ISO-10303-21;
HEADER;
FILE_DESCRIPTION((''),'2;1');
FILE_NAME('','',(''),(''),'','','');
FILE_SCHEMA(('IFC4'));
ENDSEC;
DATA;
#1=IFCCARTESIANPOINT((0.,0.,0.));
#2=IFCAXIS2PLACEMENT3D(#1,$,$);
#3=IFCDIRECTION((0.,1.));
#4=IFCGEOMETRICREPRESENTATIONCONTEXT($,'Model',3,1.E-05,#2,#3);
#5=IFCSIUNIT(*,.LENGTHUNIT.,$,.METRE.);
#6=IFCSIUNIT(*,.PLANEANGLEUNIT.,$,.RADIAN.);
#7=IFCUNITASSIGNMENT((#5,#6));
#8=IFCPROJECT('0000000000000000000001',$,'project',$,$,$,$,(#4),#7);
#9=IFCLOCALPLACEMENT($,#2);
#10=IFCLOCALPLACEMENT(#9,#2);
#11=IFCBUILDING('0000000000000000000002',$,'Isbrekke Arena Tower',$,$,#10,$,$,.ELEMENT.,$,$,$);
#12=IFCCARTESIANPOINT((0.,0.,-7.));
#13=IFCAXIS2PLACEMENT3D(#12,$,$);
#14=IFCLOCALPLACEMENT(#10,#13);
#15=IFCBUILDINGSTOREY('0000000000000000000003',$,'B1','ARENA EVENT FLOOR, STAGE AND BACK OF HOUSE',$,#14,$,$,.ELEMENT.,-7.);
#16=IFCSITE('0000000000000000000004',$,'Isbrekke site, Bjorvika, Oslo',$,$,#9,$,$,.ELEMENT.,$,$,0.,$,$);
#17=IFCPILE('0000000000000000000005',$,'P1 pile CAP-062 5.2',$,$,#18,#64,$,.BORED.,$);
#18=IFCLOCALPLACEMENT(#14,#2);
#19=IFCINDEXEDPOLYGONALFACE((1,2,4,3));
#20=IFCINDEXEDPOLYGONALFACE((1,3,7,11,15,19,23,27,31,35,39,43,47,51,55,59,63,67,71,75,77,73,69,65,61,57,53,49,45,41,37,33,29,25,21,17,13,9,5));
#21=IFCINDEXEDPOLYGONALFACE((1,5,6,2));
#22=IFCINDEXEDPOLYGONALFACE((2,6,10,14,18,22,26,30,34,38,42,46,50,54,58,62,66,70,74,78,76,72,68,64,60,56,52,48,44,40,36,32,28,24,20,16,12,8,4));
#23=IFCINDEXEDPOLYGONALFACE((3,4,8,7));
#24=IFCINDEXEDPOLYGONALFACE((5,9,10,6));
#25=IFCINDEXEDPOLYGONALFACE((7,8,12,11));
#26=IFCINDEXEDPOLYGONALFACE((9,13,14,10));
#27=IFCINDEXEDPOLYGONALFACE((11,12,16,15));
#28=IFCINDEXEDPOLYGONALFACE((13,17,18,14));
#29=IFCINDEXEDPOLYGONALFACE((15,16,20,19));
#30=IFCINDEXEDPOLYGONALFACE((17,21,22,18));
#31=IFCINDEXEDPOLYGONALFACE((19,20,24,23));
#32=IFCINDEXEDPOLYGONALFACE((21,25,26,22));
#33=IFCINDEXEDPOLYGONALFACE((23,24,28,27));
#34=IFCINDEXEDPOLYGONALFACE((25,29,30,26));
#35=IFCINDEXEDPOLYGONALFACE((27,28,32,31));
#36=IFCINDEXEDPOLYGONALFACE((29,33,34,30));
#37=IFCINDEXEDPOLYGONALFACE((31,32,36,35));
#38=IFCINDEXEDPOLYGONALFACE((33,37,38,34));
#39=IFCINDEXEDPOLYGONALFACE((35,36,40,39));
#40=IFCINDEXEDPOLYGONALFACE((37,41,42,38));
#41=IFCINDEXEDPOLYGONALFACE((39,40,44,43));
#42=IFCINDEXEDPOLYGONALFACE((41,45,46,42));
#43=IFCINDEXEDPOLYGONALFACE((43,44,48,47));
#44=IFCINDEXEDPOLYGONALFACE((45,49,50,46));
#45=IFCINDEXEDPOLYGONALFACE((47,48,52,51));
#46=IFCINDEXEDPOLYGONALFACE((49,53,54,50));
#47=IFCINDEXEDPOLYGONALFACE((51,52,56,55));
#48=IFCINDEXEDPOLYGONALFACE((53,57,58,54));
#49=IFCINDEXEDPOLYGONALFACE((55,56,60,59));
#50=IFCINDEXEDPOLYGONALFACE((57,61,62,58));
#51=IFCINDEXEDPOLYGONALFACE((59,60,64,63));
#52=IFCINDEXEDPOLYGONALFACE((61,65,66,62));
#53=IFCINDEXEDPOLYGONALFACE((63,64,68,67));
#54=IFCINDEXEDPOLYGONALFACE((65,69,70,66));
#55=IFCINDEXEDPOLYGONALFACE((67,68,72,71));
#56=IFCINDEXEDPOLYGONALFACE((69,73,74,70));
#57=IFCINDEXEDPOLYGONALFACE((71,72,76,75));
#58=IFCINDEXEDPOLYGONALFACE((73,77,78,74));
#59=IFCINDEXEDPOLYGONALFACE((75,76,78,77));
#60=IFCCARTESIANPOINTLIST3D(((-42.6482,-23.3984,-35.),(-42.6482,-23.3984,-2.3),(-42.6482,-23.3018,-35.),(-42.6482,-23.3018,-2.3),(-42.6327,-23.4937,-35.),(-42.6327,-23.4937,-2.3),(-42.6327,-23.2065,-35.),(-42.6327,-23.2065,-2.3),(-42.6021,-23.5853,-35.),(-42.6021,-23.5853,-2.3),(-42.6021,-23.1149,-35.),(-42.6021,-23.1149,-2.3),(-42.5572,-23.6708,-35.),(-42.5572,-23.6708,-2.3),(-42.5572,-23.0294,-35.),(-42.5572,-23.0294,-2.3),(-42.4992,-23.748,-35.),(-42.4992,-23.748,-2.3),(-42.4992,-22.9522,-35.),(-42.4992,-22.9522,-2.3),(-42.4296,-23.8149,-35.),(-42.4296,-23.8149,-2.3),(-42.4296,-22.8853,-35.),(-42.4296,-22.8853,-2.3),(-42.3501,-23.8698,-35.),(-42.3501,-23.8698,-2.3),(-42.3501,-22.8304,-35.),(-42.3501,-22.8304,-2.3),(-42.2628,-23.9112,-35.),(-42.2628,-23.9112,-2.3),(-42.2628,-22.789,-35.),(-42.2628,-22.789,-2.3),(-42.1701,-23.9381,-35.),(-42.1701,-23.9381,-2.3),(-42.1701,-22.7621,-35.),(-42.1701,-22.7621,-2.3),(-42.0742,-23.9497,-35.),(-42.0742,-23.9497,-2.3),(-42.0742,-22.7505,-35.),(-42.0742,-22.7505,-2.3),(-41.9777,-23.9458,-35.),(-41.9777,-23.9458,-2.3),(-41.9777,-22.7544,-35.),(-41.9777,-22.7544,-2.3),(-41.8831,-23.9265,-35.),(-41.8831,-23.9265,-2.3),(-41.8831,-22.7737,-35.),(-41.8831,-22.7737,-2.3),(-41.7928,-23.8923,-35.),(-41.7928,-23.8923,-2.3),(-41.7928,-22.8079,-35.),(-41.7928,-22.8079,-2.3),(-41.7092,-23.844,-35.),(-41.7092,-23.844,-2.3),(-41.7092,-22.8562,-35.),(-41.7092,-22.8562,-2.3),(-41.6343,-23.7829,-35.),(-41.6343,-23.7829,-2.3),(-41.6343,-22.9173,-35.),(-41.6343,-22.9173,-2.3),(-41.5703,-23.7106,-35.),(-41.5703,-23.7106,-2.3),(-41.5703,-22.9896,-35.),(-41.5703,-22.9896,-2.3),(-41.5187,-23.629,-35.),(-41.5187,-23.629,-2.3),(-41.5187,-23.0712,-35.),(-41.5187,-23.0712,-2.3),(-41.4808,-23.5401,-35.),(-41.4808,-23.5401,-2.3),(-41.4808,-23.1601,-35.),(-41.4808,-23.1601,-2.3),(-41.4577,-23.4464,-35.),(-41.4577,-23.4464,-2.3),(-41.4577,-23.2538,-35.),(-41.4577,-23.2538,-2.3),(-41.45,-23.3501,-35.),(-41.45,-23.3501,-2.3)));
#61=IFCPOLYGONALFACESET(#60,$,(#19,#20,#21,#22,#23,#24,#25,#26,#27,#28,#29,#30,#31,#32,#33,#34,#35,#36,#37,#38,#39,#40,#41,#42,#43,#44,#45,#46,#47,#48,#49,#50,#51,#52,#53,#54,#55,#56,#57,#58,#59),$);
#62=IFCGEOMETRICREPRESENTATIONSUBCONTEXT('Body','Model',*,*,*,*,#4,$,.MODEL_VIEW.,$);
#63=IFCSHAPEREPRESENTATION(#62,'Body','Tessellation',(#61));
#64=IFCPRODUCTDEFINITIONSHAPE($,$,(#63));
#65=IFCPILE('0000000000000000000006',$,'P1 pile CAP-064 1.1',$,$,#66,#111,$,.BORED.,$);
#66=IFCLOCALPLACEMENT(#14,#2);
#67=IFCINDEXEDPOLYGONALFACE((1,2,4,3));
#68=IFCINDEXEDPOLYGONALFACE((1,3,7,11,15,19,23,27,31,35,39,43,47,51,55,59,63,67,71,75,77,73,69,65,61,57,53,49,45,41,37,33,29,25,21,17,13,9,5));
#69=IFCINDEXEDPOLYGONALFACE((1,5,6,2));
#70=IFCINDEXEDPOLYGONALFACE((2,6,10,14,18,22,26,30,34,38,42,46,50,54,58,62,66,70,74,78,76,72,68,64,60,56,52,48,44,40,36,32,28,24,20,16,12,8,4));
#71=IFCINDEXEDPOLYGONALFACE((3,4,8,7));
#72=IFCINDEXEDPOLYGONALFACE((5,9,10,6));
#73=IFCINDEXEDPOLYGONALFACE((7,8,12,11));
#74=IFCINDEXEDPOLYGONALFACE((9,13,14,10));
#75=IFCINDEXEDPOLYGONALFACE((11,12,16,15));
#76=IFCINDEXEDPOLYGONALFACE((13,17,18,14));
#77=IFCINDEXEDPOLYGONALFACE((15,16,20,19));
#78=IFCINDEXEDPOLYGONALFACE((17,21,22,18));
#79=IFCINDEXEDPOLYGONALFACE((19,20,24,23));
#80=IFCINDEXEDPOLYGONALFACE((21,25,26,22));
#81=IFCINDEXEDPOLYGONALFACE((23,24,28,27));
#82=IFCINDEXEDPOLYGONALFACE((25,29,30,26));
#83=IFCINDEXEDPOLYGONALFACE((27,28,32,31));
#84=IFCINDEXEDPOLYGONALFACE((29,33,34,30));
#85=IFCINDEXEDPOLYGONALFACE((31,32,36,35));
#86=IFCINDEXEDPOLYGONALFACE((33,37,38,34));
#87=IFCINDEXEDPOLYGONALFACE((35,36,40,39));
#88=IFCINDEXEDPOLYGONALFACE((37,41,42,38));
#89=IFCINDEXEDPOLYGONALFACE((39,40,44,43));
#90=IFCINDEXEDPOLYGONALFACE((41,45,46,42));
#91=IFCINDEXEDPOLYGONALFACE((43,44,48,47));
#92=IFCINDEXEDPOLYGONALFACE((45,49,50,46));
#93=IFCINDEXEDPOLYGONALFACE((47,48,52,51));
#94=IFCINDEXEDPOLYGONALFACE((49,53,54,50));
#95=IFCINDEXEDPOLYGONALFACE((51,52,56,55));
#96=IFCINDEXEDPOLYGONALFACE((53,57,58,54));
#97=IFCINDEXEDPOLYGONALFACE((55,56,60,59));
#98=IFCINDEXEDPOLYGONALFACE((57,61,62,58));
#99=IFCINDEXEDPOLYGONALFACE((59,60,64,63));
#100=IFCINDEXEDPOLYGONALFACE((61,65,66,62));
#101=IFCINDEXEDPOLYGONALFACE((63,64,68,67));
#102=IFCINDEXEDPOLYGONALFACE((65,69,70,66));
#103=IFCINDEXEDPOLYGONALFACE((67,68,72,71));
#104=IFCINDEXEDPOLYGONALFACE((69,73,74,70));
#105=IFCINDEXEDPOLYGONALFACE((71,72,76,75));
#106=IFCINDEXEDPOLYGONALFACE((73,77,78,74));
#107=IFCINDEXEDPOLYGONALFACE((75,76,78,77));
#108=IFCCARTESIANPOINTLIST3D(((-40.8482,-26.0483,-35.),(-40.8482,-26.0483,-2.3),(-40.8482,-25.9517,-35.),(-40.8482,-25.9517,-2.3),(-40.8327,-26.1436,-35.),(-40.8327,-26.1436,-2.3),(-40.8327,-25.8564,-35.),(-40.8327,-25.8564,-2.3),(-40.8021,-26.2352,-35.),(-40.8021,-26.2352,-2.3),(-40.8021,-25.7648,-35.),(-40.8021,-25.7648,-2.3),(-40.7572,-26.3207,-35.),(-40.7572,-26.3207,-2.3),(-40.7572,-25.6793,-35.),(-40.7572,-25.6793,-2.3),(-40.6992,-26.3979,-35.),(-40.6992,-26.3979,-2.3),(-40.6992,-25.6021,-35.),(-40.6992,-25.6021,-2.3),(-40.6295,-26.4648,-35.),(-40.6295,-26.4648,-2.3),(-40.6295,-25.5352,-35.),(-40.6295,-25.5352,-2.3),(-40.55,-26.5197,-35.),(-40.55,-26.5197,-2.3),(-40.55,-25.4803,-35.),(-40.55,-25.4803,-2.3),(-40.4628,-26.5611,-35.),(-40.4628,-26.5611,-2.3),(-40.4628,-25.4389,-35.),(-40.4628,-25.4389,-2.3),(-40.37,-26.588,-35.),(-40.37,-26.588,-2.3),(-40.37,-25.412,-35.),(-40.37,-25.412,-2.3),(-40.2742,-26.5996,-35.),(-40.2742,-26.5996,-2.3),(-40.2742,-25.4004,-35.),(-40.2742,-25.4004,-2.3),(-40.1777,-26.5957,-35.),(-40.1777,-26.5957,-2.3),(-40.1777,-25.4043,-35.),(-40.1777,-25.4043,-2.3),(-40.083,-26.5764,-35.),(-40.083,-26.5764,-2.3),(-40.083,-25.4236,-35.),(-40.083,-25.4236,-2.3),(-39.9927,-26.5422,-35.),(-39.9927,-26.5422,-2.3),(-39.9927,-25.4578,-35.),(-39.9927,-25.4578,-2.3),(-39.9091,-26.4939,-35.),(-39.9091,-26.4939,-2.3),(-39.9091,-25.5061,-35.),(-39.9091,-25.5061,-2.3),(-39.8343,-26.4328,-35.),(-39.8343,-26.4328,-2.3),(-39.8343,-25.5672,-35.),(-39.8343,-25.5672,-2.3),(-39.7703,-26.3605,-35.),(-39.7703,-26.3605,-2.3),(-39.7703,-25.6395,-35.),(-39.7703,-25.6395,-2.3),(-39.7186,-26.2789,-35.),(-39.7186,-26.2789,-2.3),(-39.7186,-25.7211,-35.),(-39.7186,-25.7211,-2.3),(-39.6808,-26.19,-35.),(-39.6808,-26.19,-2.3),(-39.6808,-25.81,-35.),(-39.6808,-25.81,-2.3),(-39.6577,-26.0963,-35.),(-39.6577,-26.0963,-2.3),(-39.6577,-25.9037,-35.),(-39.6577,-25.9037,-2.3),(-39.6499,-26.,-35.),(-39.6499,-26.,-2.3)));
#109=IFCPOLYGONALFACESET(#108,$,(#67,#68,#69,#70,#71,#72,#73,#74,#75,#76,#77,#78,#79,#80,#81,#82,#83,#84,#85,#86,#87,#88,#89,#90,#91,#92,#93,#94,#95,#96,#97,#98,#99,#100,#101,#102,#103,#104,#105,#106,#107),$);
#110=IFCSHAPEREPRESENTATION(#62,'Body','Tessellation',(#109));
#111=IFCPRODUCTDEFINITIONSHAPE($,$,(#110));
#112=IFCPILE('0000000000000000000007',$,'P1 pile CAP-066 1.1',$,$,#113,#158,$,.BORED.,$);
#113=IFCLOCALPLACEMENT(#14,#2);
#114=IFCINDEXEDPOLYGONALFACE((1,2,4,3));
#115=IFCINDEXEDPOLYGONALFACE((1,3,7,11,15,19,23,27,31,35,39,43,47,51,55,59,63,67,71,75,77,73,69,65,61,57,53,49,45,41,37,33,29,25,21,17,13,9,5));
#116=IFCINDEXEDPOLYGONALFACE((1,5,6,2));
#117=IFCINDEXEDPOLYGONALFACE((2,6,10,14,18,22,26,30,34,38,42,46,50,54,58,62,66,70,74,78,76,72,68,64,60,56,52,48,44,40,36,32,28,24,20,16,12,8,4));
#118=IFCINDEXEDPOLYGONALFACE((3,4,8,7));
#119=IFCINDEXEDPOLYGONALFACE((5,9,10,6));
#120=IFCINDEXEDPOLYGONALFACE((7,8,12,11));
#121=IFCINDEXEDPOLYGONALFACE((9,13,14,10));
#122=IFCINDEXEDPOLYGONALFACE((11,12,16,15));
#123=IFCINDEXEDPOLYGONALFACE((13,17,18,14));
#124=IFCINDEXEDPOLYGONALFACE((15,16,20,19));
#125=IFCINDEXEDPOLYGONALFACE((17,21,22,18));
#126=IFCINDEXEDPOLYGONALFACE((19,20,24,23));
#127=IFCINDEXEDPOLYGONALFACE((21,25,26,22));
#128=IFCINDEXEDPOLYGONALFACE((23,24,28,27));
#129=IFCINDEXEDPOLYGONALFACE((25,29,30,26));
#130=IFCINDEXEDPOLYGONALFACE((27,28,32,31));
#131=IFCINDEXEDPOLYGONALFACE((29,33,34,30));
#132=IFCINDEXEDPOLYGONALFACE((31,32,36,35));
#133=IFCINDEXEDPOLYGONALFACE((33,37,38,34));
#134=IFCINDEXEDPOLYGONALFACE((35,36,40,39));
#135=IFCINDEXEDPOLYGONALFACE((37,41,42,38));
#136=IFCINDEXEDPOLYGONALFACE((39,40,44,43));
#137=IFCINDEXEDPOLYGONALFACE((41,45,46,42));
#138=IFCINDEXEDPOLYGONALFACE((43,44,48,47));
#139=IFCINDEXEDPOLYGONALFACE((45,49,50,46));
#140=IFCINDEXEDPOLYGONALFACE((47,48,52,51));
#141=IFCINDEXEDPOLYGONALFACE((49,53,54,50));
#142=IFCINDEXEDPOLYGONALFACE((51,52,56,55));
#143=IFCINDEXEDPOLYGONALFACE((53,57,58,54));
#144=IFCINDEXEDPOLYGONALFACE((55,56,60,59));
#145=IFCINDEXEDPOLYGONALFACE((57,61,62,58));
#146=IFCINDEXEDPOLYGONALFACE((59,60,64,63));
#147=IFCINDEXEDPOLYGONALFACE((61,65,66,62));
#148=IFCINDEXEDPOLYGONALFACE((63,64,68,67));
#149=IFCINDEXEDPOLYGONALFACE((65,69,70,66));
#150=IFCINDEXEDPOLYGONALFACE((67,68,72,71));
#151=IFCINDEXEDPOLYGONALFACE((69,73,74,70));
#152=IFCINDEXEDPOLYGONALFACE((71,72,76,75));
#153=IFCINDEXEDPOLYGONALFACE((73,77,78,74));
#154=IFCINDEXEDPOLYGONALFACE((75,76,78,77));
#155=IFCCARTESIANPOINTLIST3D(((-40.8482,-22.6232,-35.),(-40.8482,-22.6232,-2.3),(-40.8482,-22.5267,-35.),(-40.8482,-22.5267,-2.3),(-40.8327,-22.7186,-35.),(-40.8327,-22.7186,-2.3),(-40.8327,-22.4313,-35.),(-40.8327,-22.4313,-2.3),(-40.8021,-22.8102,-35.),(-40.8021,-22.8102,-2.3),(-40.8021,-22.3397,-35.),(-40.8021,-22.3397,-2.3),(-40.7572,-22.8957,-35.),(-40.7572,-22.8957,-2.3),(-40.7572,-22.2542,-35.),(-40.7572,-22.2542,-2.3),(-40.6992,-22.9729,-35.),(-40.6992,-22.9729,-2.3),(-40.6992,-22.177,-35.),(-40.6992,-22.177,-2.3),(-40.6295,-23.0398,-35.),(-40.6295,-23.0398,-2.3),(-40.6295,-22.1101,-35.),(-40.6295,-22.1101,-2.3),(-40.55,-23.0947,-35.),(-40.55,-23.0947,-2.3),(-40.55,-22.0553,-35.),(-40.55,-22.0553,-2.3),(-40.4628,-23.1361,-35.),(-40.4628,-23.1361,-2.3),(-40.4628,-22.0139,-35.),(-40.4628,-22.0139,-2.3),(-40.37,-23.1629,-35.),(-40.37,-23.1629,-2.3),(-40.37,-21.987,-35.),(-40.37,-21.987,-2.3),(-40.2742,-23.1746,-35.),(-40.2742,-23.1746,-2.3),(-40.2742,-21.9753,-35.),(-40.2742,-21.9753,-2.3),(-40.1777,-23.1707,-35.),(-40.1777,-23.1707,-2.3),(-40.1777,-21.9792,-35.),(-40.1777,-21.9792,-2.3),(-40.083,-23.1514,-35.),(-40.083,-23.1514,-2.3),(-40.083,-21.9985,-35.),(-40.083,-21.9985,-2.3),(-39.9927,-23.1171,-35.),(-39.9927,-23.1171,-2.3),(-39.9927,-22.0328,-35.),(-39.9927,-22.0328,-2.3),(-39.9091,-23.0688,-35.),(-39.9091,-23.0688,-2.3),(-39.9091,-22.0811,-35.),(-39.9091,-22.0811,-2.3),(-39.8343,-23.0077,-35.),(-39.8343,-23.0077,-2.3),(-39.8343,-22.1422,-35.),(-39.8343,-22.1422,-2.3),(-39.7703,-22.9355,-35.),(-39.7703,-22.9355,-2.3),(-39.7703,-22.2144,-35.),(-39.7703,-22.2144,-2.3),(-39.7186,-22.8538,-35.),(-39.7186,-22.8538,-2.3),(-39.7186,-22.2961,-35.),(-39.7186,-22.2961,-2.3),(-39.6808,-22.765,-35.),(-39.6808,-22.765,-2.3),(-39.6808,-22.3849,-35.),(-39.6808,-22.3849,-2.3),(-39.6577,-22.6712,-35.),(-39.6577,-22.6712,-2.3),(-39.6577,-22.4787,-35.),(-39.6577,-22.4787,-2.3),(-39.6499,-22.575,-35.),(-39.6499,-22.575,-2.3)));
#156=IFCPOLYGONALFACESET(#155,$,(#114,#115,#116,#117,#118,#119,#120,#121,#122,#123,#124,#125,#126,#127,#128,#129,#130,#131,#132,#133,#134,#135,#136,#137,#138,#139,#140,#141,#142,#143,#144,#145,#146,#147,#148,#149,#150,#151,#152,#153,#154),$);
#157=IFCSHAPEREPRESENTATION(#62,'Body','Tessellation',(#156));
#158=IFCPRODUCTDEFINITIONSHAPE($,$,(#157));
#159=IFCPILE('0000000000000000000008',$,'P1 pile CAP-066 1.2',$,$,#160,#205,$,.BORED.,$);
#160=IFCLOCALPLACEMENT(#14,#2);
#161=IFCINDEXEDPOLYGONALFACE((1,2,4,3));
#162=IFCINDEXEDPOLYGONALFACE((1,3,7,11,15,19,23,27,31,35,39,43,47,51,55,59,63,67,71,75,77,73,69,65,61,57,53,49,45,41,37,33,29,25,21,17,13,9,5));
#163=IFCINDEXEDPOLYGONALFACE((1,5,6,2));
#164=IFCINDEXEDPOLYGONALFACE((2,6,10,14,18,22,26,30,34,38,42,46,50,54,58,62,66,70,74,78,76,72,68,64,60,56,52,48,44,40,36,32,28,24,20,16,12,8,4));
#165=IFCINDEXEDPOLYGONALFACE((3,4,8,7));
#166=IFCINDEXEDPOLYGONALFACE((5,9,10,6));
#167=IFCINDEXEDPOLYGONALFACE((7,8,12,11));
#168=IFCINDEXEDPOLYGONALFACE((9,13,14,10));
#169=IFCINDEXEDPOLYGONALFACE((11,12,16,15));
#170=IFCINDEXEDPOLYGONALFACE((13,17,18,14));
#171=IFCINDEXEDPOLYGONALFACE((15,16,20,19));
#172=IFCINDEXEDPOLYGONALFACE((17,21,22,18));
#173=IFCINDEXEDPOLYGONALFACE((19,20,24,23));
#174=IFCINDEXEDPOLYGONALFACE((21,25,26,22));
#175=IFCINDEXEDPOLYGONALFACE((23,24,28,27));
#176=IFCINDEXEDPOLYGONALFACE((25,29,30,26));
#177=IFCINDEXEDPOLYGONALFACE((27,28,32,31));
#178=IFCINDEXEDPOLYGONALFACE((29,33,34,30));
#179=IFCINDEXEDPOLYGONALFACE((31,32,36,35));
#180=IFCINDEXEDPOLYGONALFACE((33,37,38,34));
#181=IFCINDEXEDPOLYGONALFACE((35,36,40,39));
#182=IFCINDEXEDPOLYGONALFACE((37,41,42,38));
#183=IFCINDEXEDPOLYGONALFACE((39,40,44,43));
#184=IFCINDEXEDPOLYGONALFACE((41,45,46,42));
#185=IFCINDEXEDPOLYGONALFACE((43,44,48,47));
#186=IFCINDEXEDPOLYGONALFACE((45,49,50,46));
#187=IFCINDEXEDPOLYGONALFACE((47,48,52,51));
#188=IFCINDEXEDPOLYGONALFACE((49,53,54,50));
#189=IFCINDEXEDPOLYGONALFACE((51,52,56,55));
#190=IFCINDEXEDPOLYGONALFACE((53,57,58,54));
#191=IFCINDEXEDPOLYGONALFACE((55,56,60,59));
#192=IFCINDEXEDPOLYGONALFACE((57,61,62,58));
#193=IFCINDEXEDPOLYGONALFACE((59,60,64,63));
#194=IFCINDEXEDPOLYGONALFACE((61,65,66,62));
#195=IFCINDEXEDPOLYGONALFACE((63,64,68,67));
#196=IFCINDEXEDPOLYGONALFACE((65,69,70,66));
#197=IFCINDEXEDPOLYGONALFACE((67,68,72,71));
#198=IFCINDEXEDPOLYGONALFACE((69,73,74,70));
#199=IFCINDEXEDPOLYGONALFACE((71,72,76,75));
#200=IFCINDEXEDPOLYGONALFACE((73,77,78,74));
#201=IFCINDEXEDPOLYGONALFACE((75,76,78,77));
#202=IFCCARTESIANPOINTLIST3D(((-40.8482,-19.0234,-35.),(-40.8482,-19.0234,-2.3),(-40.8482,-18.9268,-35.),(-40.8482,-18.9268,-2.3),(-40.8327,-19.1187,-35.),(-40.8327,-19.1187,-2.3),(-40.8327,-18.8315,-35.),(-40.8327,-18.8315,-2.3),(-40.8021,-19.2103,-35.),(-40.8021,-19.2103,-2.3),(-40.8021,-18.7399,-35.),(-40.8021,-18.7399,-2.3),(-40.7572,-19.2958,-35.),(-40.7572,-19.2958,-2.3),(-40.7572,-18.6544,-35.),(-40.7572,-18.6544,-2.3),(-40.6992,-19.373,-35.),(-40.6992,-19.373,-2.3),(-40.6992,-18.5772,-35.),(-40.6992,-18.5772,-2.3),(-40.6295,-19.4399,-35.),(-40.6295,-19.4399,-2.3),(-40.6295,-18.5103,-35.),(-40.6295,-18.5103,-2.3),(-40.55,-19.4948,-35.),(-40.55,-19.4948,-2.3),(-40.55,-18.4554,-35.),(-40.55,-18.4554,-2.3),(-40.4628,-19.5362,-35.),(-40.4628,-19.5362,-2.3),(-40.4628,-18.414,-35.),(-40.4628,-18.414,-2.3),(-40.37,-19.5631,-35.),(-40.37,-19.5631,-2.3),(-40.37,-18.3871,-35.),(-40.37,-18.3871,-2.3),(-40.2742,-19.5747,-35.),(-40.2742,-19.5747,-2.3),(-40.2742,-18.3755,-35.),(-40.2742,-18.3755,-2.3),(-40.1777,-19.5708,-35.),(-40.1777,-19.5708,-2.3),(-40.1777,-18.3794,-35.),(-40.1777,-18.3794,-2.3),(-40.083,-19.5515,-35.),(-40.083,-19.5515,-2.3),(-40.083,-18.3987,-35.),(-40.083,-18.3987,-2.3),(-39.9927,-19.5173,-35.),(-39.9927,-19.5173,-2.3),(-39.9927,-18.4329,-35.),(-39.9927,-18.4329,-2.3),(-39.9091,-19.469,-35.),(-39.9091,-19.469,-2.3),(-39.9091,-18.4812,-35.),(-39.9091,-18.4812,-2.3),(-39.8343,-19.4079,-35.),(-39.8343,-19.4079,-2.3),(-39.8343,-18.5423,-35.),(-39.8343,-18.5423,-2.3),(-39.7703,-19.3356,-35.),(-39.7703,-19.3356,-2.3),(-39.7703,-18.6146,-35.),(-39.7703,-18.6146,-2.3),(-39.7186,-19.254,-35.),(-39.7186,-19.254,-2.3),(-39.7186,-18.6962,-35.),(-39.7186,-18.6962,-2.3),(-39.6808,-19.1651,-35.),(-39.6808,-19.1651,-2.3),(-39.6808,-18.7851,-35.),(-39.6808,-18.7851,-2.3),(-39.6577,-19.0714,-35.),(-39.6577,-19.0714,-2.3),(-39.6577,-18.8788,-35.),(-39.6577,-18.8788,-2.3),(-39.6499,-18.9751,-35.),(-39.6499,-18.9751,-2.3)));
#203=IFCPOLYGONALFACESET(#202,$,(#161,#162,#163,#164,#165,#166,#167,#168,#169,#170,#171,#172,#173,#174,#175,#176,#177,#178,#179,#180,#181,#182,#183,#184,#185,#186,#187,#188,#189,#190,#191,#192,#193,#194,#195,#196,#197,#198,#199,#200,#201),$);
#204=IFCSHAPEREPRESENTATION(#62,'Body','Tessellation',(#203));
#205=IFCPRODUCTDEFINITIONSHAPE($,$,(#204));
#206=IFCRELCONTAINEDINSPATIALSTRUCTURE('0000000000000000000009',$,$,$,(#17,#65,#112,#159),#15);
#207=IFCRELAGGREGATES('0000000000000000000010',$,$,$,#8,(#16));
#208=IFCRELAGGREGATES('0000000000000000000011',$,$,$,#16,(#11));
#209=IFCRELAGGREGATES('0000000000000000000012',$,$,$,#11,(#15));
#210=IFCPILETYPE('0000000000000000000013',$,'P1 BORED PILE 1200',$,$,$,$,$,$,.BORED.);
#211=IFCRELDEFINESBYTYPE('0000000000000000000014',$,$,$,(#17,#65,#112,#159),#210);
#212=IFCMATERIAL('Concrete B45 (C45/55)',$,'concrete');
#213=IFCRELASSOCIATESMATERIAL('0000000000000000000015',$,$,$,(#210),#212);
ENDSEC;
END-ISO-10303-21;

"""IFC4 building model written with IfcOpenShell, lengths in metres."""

from ifc_helpers import new_model, si_unit, direction, frame, origin, origin_2d, place, context, subcontext, project, spatial, circle, extrude, material, material_profile, profile_set, type_object, element, save


model = new_model("IFC4")

# Units and contexts
model_context = context("Model", 3, precision=1e-05, world=origin(), true_north=direction((0.0, 1.0)))
body_context = subcontext(model_context, "Body", "Model", "MODEL_VIEW")
ifc_project = project(units=[si_unit("LENGTHUNIT", "METRE"), si_unit("PLANEANGLEUNIT", "RADIAN")], contexts=[model_context])

# Site, building, storey
site_placement = place(None, origin())
site = spatial("IfcSite", under=ifc_project, at=site_placement, Name="Isbrekke site, Bjorvika, Oslo", CompositionType="ELEMENT", RefElevation=0.0)
building_placement = place(site_placement, origin())
building = spatial("IfcBuilding", under=site, at=building_placement, Name="Isbrekke Arena Tower", CompositionType="ELEMENT")
storey_placement = place(building_placement, frame((0.0, 0.0, -7.0)))
storey = spatial("IfcBuildingStorey", under=building, at=storey_placement, Name="B1", Description="ARENA EVENT FLOOR, STAGE AND BACK OF HOUSE", CompositionType="ELEMENT", Elevation=-7.0)

# Piles
ifc_material_1 = material(Name="Concrete B45 (C45/55)", Category="concrete")
ifc_material_profile_1 = material_profile(ifc_material_1, circle(Radius=0.6001, at=origin_2d()), Name="BORED PILE D1200")
ifc_profile_set_1 = profile_set([ifc_material_profile_1], Name="Concrete B45 (C45/55)")
pile_type = type_object("IfcPileType", Name="P1 BORED PILE 1200", PredefinedType="BORED", material=ifc_profile_set_1)
for number, where, z_axis, x_axis, name in (
    (1, (-42.05, -23.3501, -2.3), (0.0, 0.0, -1.0), (1.0, 0.0, 0.0), "P1 pile CAP-062 5.2"),
    (2, (-40.25, -26.0, -2.3), (0.0, 0.0, -1.0), (1.0, 0.0, 0.0), "P1 pile CAP-064 1.1"),
    (3, (-40.25, -22.575, -2.3), (0.0, 0.0, -1.0), (1.0, 0.0, 0.0), "P1 pile CAP-066 1.1"),
    (4, (-40.25, -18.9751, -2.3), (0.0, 0.0, -1.0), (1.0, 0.0, 0.0), "P1 pile CAP-066 1.2"),
):
    element("IfcPile", number, at=place(storey_placement, frame(where, z_axis=z_axis, x_axis=x_axis)), inside=storey, type_object=pile_type, Name=name, PredefinedType="BORED", context=body_context, shape_type="SweptSolid", body=[
        extrude(circle(Radius=0.6001, at=origin_2d()), origin(), (0.0, 0.0, 1.0), 32.7),
    ])

save(model, "model.ifc")
